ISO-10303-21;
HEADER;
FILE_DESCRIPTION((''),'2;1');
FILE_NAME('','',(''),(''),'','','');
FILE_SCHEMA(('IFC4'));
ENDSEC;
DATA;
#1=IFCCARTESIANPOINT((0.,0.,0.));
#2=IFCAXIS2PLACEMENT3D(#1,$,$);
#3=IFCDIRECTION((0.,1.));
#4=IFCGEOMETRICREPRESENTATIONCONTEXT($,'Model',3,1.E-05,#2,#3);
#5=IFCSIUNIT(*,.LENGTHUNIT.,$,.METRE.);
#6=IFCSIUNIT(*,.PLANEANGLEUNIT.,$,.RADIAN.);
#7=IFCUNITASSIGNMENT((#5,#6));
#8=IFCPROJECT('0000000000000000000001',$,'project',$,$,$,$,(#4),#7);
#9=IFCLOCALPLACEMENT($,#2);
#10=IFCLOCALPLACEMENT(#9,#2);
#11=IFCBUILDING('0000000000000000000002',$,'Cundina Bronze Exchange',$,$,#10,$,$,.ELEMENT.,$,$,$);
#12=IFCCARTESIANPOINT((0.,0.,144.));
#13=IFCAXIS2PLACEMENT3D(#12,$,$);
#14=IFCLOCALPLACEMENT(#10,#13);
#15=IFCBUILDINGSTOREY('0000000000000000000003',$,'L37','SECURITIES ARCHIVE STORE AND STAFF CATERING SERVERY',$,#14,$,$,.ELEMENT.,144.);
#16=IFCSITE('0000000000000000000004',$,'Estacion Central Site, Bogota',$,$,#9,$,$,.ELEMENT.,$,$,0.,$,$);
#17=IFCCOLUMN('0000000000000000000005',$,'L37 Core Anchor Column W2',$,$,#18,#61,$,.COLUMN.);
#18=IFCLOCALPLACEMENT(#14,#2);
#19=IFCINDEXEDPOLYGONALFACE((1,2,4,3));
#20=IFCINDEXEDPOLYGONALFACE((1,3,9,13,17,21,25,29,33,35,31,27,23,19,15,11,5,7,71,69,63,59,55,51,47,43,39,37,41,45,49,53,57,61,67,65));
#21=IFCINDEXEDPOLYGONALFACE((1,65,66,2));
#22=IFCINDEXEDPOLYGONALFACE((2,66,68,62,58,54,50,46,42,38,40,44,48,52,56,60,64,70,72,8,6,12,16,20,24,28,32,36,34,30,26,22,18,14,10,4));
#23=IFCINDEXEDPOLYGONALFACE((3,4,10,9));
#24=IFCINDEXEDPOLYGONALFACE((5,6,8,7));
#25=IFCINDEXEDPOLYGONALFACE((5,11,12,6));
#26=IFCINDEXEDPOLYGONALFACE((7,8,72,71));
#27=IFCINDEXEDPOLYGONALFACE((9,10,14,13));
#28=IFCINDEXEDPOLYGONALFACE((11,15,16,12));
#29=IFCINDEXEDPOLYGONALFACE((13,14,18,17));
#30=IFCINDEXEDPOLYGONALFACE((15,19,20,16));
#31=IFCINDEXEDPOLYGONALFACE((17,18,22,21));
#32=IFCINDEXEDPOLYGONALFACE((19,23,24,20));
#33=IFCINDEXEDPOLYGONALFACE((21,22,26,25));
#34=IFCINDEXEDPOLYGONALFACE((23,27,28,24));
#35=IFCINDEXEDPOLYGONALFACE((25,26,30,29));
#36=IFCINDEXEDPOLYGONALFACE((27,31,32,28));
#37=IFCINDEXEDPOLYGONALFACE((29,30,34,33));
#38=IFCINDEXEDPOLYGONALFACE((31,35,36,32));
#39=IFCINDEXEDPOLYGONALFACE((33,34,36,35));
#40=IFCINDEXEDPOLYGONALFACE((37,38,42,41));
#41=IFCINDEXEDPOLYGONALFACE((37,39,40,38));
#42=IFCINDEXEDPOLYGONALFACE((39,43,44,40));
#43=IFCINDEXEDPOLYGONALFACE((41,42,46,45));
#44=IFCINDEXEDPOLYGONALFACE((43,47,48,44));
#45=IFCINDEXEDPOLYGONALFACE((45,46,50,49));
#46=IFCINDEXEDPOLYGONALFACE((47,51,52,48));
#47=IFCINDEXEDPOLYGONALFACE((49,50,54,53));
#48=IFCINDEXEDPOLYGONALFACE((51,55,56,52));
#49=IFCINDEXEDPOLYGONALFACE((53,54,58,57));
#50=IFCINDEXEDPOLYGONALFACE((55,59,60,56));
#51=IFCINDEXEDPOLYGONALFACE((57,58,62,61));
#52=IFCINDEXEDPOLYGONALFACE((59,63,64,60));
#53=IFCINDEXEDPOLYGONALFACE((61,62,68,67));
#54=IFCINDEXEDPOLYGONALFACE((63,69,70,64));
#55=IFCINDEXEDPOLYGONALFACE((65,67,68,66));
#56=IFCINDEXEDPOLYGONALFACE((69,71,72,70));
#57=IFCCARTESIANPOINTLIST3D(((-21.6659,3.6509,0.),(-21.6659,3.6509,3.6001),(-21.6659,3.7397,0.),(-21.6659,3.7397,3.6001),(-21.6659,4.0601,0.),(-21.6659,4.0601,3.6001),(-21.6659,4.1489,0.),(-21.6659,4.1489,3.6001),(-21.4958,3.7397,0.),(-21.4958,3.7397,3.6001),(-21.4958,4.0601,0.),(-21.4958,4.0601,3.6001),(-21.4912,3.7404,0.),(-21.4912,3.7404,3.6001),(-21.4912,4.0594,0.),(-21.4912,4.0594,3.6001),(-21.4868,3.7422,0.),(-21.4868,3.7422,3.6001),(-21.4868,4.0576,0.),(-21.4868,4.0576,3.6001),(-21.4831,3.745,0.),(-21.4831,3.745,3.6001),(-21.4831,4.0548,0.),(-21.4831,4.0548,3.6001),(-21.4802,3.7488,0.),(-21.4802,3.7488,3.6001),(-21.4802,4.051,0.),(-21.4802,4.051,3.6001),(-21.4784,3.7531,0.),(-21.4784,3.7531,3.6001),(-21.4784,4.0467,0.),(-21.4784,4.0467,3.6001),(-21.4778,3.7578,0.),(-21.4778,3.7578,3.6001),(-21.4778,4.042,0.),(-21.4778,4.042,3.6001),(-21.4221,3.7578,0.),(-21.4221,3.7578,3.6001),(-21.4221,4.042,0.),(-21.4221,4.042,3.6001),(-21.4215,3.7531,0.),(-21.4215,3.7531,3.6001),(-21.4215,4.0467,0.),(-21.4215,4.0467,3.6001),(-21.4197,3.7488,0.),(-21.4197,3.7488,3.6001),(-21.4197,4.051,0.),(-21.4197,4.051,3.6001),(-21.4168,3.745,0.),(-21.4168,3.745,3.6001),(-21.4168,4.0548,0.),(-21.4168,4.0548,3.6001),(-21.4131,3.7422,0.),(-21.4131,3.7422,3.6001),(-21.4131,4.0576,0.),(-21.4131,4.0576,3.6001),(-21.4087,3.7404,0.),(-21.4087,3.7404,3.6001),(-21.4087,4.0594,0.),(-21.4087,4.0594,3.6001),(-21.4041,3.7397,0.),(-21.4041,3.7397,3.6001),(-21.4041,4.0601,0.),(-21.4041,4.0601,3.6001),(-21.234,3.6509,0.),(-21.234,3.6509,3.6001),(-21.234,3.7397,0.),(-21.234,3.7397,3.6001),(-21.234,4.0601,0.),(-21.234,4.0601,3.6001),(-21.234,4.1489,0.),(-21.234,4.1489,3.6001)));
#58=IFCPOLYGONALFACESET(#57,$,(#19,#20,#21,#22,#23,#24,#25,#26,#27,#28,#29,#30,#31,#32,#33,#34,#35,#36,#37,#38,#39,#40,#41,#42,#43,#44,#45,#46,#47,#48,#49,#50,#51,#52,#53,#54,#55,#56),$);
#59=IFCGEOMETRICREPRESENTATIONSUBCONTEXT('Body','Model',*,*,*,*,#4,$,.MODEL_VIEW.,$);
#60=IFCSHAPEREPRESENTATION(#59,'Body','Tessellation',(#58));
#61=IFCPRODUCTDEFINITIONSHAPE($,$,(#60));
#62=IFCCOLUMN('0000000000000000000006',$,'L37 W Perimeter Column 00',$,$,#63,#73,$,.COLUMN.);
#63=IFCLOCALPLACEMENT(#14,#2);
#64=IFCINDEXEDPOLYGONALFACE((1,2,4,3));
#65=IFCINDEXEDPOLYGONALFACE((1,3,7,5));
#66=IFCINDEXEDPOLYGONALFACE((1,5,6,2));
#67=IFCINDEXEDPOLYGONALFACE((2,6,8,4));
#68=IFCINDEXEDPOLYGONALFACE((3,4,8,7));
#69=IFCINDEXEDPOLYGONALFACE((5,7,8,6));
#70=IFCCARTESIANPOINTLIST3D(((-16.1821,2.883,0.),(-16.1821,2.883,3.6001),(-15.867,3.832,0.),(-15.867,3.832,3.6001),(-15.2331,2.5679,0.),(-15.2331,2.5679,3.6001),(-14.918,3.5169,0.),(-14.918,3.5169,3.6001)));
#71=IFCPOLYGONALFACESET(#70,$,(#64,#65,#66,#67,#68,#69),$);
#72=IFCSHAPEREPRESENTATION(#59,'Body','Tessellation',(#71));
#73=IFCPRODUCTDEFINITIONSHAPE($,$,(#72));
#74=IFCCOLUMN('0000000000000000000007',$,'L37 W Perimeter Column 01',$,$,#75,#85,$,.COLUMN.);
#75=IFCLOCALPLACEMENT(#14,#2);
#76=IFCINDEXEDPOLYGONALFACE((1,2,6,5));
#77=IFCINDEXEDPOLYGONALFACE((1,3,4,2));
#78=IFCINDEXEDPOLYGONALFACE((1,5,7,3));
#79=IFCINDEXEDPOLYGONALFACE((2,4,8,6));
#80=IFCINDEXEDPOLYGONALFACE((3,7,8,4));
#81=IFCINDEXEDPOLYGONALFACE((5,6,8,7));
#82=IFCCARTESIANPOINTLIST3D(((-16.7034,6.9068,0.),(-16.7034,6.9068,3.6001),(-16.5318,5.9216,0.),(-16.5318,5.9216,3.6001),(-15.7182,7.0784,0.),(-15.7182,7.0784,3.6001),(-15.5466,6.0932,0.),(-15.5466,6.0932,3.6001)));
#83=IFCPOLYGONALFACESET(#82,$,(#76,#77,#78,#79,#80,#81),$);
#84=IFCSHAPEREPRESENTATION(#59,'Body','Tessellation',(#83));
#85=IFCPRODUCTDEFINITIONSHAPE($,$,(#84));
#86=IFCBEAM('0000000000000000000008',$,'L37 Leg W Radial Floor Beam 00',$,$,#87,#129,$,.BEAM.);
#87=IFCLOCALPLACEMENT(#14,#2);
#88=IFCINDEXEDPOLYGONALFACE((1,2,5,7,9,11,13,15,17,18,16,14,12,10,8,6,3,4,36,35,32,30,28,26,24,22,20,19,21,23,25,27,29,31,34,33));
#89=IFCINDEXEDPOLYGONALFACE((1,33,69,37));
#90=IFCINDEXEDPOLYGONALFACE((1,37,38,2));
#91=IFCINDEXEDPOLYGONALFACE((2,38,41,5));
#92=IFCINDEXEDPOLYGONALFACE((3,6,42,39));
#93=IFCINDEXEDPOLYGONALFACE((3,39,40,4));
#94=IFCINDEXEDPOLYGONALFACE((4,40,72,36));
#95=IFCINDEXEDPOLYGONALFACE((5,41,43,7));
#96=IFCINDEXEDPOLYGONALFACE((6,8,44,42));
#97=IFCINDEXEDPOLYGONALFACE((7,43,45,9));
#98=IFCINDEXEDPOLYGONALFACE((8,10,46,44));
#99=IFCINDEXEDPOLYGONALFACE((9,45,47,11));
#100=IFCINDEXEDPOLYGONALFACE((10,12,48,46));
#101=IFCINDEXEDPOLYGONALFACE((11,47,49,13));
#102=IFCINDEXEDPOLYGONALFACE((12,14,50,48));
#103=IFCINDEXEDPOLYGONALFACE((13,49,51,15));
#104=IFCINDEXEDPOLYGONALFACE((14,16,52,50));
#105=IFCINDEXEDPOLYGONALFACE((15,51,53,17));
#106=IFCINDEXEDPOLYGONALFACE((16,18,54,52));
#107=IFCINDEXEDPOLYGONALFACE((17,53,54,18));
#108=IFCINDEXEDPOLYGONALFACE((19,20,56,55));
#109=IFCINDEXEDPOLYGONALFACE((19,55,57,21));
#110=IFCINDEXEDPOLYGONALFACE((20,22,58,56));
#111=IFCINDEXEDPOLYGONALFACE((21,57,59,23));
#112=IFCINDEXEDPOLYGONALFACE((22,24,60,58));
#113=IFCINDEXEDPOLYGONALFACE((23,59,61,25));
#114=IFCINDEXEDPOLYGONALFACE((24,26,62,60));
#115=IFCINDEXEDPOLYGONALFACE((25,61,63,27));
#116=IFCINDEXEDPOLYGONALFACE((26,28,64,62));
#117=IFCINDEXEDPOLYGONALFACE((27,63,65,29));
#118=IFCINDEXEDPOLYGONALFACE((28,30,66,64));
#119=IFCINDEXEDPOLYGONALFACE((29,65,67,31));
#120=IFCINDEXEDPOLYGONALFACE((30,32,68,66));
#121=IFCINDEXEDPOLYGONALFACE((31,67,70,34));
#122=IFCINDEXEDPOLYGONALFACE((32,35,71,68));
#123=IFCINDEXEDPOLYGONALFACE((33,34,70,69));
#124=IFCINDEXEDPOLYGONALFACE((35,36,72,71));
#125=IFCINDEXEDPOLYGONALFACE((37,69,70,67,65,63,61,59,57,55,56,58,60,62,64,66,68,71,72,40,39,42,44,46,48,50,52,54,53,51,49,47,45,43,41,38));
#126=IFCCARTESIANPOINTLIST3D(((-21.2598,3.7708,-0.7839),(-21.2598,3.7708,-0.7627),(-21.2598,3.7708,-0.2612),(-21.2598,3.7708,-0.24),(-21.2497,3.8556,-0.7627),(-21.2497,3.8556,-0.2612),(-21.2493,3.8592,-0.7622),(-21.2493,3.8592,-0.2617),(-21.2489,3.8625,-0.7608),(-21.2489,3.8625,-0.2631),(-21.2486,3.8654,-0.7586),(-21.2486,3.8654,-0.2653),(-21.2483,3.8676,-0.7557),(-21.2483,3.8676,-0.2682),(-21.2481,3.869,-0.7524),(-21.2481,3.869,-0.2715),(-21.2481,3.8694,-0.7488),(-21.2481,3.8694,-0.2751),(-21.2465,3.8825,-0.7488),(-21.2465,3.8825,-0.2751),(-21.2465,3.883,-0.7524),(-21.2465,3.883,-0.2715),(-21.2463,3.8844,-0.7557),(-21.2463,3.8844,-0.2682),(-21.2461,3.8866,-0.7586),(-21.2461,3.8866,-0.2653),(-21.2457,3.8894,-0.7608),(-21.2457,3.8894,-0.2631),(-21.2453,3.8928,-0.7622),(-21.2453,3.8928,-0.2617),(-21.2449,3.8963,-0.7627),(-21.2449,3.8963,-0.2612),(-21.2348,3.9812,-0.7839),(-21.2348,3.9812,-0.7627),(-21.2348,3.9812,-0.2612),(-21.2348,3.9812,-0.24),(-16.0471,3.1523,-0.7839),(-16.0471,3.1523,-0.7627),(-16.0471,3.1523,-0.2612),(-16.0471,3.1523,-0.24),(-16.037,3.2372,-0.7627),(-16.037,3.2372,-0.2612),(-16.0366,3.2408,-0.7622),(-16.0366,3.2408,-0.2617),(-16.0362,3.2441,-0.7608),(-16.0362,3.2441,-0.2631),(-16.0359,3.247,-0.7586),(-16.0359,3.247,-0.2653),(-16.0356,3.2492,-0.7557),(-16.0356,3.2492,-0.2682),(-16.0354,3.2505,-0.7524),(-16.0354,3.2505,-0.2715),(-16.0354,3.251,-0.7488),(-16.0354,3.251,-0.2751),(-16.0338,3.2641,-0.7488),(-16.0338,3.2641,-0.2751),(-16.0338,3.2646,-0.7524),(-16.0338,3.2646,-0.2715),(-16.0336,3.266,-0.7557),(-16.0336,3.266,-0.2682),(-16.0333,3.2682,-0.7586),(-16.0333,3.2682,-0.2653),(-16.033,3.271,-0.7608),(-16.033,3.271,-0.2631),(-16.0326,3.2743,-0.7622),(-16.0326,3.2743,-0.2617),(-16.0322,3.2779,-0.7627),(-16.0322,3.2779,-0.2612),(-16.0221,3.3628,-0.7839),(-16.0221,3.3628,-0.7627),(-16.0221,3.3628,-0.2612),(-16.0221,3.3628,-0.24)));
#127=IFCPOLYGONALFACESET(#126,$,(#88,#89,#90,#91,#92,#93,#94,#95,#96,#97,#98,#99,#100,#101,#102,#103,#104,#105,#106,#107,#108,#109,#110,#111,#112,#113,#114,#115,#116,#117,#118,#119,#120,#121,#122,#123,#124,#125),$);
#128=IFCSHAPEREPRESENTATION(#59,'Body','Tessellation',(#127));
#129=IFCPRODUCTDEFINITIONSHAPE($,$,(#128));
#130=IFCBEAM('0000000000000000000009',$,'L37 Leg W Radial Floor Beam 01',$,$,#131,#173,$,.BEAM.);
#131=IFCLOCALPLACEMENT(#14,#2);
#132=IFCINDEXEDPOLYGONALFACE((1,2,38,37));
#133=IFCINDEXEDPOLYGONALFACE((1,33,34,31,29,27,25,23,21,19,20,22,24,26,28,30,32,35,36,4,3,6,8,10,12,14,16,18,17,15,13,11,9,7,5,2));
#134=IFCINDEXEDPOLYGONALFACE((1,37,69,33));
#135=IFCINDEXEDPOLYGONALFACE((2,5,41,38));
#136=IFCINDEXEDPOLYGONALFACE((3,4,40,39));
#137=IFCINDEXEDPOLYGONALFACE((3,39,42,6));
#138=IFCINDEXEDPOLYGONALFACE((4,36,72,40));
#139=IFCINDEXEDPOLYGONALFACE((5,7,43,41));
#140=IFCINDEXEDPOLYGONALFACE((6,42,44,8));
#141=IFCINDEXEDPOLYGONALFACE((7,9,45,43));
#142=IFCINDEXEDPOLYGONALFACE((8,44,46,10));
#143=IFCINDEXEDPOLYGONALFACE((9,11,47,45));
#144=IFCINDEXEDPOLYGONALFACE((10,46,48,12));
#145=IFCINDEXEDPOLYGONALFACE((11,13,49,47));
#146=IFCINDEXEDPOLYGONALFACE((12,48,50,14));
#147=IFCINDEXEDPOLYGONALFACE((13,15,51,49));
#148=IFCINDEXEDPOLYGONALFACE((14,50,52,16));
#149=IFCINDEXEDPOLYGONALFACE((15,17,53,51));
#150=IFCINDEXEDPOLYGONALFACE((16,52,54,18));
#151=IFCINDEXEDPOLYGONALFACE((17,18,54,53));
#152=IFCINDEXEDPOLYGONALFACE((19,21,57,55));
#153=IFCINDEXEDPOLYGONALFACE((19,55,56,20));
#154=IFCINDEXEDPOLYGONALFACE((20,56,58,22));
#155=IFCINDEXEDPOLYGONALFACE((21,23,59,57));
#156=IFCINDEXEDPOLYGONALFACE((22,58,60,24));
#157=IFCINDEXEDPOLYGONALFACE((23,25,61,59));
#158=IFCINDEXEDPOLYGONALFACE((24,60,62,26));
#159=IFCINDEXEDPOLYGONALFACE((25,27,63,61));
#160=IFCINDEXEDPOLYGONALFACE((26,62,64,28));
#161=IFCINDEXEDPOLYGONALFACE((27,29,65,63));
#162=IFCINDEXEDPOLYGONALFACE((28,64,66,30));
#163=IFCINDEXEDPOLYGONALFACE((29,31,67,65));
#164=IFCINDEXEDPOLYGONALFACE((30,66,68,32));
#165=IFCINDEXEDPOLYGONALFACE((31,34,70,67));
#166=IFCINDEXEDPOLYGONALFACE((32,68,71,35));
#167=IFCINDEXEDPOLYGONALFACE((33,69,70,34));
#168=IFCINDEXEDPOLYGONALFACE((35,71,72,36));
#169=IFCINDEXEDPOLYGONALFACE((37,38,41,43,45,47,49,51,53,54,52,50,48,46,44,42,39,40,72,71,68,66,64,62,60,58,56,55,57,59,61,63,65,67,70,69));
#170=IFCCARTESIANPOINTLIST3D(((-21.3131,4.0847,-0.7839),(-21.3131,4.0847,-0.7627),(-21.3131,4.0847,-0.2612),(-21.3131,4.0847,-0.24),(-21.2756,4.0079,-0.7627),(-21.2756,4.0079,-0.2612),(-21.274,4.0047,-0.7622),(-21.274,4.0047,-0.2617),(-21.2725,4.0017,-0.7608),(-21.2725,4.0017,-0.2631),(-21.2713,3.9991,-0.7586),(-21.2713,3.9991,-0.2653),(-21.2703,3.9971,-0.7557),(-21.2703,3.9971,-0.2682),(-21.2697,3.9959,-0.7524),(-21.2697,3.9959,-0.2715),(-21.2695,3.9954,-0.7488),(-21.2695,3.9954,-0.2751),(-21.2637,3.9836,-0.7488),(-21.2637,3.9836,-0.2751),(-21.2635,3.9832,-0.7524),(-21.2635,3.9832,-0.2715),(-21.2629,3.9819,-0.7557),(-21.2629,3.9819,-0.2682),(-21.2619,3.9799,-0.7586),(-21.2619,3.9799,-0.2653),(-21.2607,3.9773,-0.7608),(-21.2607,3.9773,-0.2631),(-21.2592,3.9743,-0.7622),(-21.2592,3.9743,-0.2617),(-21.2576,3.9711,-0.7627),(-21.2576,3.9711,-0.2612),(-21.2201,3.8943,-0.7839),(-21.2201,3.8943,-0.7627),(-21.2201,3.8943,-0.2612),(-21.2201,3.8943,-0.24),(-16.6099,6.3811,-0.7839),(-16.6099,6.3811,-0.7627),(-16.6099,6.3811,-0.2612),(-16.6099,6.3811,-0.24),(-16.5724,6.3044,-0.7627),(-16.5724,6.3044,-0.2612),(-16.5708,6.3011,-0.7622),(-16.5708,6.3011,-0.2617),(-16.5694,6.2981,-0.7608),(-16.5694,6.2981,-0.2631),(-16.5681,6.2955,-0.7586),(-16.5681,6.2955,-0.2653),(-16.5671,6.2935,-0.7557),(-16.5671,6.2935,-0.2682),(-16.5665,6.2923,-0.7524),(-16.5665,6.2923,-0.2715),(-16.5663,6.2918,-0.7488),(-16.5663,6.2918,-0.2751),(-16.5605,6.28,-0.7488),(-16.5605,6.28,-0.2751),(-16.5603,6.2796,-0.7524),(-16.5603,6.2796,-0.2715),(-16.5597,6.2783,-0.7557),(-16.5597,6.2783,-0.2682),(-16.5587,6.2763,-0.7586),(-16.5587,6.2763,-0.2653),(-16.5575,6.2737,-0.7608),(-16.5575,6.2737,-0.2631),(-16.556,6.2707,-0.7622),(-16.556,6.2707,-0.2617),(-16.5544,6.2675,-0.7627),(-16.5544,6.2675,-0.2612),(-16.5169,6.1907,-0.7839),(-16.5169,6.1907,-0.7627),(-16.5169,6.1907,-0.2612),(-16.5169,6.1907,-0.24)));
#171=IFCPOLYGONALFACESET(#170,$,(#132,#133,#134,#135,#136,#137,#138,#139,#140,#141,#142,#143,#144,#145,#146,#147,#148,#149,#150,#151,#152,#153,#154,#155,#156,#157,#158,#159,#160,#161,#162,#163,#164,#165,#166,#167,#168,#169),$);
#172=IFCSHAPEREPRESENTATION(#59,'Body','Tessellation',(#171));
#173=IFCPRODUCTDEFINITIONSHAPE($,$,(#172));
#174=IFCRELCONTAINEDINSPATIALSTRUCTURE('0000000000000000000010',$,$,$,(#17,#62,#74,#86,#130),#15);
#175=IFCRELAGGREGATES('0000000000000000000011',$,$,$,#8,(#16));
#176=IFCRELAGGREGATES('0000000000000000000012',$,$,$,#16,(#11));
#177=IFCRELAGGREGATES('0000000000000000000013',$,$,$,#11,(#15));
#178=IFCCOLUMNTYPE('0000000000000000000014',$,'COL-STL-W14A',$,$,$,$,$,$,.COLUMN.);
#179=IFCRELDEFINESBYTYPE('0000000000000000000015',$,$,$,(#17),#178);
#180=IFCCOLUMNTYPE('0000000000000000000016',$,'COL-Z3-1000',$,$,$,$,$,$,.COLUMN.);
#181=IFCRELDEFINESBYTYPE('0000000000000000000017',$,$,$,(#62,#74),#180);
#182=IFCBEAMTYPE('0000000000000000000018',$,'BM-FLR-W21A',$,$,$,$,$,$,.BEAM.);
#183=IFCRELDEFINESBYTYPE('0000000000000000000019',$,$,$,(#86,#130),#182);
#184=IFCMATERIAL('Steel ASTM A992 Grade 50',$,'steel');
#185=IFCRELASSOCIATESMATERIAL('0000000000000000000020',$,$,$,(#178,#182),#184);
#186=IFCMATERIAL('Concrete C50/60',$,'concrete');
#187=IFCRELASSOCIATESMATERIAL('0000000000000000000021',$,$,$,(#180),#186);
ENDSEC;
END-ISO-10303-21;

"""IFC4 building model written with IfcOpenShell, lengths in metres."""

from ifc_helpers import new_model, si_unit, direction, frame, origin, origin_2d, place, context, subcontext, project, spatial, rectangle, i_section, extrude, material, material_profile, profile_set, type_object, element, save


model = new_model("IFC4")

# Units and contexts
model_context = context("Model", 3, precision=1e-05, world=origin(), true_north=direction((0.0, 1.0)))
body_context = subcontext(model_context, "Body", "Model", "MODEL_VIEW")
ifc_project = project(units=[si_unit("LENGTHUNIT", "METRE"), si_unit("PLANEANGLEUNIT", "RADIAN")], contexts=[model_context])

# Site, building, storey
site_placement = place(None, origin())
site = spatial("IfcSite", under=ifc_project, at=site_placement, Name="Estacion Central Site, Bogota", CompositionType="ELEMENT", RefElevation=0.0)
building_placement = place(site_placement, origin())
building = spatial("IfcBuilding", under=site, at=building_placement, Name="Cundina Bronze Exchange", CompositionType="ELEMENT")
storey_placement = place(building_placement, frame((0.0, 0.0, 144.0)))
storey = spatial("IfcBuildingStorey", under=building, at=storey_placement, Name="L37", Description="SECURITIES ARCHIVE STORE AND STAFF CATERING SERVERY", CompositionType="ELEMENT", Elevation=144.0)

# Columns
ifc_material_1 = material(Name="Steel ASTM A992 Grade 50", Category="steel")
ifc_material_profile_1 = material_profile(ifc_material_1, i_section(OverallWidth=0.4319, OverallDepth=0.498, WebThickness=0.0557, FlangeThickness=0.0889, FilletRadius=0.0181, at=origin_2d()), Name="W14X500", Category="steel")
ifc_profile_set_1 = profile_set([ifc_material_profile_1], Name="Steel ASTM A992 Grade 50")
column_type_1 = type_object("IfcColumnType", Name="COL-STL-W14A", PredefinedType="COLUMN", material=ifc_profile_set_1)
column_placement = place(storey_placement, frame((-21.45, 3.8999, 0.0), z_axis=(0.0, 0.0, 1.0), x_axis=(1.0, 0.0, 0.0)))
element("IfcColumn", 1, at=column_placement, inside=storey, type_object=column_type_1, Name="L37 Core Anchor Column W2", PredefinedType="COLUMN", context=body_context, shape_type="SweptSolid", body=[
    extrude(i_section(OverallWidth=0.4319, OverallDepth=0.498, WebThickness=0.0557, FlangeThickness=0.0889, FilletRadius=0.0181, at=origin_2d()), origin(), (0.0, 0.0, 1.0), 3.6001),
])
ifc_material_2 = material(Name="Concrete C50/60", Category="concrete")
ifc_material_profile_2 = material_profile(ifc_material_2, rectangle(XDim=1.0, YDim=1.0, at=origin_2d()), Name="RC1000X1000", Category="concrete")
ifc_profile_set_2 = profile_set([ifc_material_profile_2], Name="Concrete C50/60")
column_type_2 = type_object("IfcColumnType", Name="COL-Z3-1000", PredefinedType="COLUMN", material=ifc_profile_set_2)
for number, where, z_axis, x_axis, name in (
    (2, (-15.55, 3.2, 0.0), (0.0, 0.0, 1.0), (0.315152, 0.949041, 0.0), "L37 W Perimeter Column 00"),
    (3, (-16.125, 6.5, 0.0), (0.0, 0.0, 1.0), (-0.171585, 0.985169, 0.0), "L37 W Perimeter Column 01"),
):
    element("IfcColumn", number, at=place(storey_placement, frame(where, z_axis=z_axis, x_axis=x_axis)), inside=storey, type_object=column_type_2, Name=name, PredefinedType="COLUMN", context=body_context, shape_type="SweptSolid", body=[
        extrude(rectangle(XDim=1.0, YDim=1.0, at=origin_2d()), origin(), (0.0, 0.0, 1.0), 3.6001),
    ])

# Beams
ifc_material_profile_3 = material_profile(ifc_material_1, i_section(OverallWidth=0.2119, OverallDepth=0.5439, WebThickness=0.0132, FlangeThickness=0.0212, FilletRadius=0.0139, at=origin_2d()), Name="W21X83", Category="steel")
ifc_profile_set_3 = profile_set([ifc_material_profile_3], Name="Steel ASTM A992 Grade 50")
beam_type_1 = type_object("IfcBeamType", Name="BM-FLR-W21A", PredefinedType="BEAM", material=ifc_profile_set_3)
beam_1_placement = place(storey_placement, frame((-21.2473, 3.876, -0.512), z_axis=(0.993036, -0.11781, 0.0), x_axis=(0.11781, 0.993036, 0.0)))
element("IfcBeam", 4, at=beam_1_placement, inside=storey, type_object=beam_type_1, Name="L37 Leg W Radial Floor Beam 00", PredefinedType="BEAM", context=body_context, shape_type="SweptSolid", body=[
    extrude(i_section(OverallWidth=0.2119, OverallDepth=0.5439, WebThickness=0.0132, FlangeThickness=0.0212, FilletRadius=0.0139, at=origin_2d()), origin(), (0.0, 0.0, 1.0), 5.2493),
])
beam_2_placement = place(storey_placement, frame((-21.2666, 3.9895, -0.512), z_axis=(0.898604, 0.43876, 0.0), x_axis=(-0.43876, 0.898604, 0.0)))
element("IfcBeam", 5, at=beam_2_placement, inside=storey, type_object=beam_type_1, Name="L37 Leg W Radial Floor Beam 01", PredefinedType="BEAM", context=body_context, shape_type="SweptSolid", body=[
    extrude(i_section(OverallWidth=0.2119, OverallDepth=0.5439, WebThickness=0.0132, FlangeThickness=0.0212, FilletRadius=0.0139, at=origin_2d()), origin(), (0.0, 0.0, 1.0), 5.2339),
])

save(model, "model.ifc")
